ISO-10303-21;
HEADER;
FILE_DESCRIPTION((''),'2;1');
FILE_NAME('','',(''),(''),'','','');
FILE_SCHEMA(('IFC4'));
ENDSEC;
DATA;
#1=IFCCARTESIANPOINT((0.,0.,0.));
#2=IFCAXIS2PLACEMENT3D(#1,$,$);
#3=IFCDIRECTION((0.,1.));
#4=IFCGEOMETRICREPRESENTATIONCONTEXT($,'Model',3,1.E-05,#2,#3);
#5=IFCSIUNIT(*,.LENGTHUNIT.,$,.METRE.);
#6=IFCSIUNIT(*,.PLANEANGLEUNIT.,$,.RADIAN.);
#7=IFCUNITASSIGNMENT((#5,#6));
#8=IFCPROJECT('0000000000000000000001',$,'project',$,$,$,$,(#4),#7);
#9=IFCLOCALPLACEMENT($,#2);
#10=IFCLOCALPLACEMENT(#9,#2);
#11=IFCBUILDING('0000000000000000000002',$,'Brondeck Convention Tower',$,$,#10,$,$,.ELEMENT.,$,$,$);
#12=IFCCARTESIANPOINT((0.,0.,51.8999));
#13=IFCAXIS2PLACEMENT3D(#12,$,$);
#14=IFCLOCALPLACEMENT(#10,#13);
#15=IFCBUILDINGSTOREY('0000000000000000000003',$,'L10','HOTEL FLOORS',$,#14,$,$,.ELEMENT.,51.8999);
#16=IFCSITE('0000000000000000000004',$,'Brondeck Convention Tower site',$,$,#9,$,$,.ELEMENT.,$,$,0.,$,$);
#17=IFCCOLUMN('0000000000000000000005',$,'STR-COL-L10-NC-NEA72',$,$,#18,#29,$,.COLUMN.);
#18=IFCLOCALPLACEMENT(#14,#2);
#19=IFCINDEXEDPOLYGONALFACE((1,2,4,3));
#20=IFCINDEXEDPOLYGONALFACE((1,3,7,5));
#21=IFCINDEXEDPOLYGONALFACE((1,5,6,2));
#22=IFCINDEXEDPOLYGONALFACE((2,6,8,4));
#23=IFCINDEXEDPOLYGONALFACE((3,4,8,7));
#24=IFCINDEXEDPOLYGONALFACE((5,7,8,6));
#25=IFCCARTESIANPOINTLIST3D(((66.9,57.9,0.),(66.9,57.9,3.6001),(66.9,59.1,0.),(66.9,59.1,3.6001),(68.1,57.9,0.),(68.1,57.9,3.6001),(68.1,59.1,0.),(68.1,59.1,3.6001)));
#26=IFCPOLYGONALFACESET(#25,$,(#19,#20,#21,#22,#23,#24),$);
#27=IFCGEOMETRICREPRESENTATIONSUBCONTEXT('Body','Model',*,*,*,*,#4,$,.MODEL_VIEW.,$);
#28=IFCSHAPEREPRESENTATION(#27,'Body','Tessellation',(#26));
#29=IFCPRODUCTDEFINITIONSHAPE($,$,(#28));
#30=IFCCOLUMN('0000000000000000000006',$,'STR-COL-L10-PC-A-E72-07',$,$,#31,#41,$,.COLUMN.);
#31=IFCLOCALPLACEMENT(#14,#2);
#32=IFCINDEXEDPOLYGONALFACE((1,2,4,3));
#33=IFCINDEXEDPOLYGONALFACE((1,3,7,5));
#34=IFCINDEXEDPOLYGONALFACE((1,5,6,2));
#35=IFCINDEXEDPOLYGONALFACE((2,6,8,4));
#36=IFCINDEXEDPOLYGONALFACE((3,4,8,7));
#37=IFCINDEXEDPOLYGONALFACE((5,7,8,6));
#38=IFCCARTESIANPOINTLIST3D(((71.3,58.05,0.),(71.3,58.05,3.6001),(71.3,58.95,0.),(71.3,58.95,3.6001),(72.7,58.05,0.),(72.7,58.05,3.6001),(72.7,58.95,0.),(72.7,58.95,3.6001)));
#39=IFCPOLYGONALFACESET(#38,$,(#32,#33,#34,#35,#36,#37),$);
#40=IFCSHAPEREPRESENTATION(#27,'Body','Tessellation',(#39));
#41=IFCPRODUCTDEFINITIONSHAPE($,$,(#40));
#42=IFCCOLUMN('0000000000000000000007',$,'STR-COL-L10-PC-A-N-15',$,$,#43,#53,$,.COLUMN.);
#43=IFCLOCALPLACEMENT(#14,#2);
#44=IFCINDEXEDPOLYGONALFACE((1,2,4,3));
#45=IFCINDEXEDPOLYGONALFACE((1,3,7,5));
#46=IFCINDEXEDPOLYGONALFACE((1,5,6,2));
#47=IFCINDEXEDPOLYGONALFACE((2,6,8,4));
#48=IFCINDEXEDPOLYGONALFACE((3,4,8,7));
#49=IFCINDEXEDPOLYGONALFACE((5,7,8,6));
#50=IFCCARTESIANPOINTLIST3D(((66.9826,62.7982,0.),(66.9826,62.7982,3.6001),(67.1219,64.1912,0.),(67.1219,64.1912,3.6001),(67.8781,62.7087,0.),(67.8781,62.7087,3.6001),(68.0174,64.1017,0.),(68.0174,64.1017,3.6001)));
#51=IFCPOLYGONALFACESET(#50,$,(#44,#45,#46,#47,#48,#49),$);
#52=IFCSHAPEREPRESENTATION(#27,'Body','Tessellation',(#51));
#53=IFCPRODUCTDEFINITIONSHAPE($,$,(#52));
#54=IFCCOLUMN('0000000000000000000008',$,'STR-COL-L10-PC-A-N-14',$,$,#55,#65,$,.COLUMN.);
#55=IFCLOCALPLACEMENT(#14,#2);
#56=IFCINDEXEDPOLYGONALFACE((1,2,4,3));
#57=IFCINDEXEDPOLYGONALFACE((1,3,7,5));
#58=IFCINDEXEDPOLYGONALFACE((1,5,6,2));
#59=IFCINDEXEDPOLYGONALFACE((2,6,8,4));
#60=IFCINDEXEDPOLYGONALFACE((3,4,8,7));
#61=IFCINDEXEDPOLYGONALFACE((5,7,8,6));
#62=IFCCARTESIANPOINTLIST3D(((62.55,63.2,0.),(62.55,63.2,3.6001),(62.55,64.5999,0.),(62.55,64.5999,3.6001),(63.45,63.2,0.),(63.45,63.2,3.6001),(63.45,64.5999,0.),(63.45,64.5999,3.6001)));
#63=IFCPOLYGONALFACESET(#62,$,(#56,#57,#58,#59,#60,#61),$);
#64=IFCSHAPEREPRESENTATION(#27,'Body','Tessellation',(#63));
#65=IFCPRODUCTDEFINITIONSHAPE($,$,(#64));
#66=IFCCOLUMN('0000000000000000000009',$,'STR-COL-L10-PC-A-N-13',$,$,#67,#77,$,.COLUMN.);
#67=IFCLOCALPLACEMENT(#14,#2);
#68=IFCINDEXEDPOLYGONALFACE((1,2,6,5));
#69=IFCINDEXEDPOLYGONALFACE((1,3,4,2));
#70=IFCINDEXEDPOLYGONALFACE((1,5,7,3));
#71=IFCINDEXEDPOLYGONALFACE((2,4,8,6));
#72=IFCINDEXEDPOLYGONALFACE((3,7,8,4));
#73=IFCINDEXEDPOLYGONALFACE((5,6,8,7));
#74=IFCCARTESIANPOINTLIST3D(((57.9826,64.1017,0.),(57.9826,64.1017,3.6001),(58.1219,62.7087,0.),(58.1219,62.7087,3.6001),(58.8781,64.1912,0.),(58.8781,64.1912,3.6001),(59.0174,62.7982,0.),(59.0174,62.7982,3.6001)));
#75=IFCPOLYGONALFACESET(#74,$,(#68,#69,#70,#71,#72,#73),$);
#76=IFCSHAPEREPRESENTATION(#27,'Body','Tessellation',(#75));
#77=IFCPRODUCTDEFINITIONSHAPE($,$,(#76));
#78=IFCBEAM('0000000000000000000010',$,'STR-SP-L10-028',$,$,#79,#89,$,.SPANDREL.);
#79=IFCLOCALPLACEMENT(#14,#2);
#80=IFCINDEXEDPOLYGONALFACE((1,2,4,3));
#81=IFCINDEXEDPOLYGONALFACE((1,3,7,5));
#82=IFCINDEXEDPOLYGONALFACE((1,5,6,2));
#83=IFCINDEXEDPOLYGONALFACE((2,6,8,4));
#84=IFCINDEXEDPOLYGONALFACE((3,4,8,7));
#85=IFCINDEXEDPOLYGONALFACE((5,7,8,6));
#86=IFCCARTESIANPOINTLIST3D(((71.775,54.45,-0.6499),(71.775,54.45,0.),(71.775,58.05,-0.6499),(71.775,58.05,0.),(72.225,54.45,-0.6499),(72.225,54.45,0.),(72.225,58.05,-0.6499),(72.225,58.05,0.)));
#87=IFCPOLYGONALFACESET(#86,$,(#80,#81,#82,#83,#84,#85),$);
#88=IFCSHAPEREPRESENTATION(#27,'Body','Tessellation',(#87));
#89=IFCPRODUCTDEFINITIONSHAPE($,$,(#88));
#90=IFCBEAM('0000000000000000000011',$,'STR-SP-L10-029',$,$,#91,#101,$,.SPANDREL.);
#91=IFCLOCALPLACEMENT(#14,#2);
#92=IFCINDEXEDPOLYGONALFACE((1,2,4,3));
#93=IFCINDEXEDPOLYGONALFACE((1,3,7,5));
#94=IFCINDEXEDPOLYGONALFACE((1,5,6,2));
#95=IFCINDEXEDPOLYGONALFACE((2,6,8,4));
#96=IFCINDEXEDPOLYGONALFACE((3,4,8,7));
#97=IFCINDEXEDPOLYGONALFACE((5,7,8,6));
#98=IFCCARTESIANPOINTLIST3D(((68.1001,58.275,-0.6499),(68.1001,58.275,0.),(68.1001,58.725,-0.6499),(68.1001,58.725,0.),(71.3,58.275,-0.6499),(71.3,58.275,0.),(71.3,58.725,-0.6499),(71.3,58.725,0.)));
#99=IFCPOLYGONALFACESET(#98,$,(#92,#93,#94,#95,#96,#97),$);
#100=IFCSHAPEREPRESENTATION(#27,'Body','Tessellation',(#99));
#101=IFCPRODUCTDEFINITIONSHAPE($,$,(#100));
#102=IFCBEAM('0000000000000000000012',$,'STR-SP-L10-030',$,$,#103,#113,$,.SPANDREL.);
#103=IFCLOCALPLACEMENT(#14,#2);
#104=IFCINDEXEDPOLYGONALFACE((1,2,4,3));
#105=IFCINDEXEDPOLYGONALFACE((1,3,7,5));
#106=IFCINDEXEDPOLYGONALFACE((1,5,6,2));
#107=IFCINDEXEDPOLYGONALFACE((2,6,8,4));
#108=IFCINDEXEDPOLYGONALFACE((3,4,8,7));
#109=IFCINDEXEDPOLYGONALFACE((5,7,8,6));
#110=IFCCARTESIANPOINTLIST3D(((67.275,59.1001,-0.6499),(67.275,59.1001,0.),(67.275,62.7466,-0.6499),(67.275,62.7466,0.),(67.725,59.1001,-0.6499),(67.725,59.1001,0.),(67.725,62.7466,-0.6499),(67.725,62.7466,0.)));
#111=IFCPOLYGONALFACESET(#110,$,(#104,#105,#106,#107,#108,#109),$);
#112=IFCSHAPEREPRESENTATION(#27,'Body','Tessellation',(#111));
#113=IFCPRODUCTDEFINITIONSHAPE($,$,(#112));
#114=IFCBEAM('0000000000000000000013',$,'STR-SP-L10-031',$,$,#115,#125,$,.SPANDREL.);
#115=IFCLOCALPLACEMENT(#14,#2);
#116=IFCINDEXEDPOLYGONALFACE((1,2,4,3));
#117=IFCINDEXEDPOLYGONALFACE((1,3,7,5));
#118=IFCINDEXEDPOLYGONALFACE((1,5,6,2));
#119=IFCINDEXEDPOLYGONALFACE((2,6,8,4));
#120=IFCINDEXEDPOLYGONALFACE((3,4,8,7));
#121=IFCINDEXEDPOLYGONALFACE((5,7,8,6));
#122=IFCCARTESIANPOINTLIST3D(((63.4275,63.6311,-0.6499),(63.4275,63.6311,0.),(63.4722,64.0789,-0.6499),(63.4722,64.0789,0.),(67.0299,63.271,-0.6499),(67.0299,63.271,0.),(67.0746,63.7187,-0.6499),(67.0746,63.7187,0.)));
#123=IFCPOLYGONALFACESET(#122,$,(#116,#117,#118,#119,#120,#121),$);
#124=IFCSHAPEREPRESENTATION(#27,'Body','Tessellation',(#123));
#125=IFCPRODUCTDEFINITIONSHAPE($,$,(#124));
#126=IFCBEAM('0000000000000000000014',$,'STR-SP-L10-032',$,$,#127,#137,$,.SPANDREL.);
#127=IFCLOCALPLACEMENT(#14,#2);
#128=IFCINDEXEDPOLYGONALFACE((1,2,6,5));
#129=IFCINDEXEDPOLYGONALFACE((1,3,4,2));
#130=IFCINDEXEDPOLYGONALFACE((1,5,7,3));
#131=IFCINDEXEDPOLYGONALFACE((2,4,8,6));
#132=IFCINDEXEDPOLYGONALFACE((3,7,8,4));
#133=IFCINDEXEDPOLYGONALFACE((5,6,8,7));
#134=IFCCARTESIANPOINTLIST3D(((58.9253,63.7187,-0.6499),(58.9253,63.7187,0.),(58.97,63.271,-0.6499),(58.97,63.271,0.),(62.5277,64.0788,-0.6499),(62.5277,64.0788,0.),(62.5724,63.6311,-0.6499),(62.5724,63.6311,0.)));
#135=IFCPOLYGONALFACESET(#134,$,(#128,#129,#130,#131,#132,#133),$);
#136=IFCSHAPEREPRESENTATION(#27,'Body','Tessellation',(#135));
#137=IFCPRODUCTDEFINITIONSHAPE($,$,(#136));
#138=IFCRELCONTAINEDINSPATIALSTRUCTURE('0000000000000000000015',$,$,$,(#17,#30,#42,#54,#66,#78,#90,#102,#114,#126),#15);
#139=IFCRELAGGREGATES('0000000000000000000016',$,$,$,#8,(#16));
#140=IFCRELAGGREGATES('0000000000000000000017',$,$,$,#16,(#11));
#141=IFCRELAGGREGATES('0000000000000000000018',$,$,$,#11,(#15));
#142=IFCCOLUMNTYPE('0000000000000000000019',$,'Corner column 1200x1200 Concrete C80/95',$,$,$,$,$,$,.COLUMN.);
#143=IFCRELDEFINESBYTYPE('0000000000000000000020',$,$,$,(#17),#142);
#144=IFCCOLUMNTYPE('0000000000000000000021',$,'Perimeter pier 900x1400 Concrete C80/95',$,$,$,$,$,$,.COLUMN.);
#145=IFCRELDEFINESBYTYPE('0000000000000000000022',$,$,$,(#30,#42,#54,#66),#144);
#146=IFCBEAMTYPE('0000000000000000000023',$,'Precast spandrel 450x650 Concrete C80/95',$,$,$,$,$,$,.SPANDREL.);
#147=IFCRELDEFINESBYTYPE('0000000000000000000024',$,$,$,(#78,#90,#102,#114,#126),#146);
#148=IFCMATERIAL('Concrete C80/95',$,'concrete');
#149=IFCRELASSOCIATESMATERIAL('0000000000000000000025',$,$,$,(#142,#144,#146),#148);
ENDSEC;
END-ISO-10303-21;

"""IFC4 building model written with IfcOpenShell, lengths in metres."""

from ifc_helpers import new_model, si_unit, direction, frame, origin, origin_2d, place, context, subcontext, project, spatial, rectangle, extrude, material, material_profile, profile_set, type_object, element, save


model = new_model("IFC4")

# Units and contexts
model_context = context("Model", 3, precision=1e-05, world=origin(), true_north=direction((0.0, 1.0)))
body_context = subcontext(model_context, "Body", "Model", "MODEL_VIEW")
ifc_project = project(units=[si_unit("LENGTHUNIT", "METRE"), si_unit("PLANEANGLEUNIT", "RADIAN")], contexts=[model_context])

# Site, building, storey
site_placement = place(None, origin())
site = spatial("IfcSite", under=ifc_project, at=site_placement, Name="Brondeck Convention Tower site", CompositionType="ELEMENT", RefElevation=0.0)
building_placement = place(site_placement, origin())
building = spatial("IfcBuilding", under=site, at=building_placement, Name="Brondeck Convention Tower", CompositionType="ELEMENT")
storey_placement = place(building_placement, frame((0.0, 0.0, 51.8999)))
storey = spatial("IfcBuildingStorey", under=building, at=storey_placement, Name="L10", Description="HOTEL FLOORS", CompositionType="ELEMENT", Elevation=51.8999)

# Columns
ifc_material_1 = material(Name="Concrete C80/95", Category="concrete")
ifc_material_profile_1 = material_profile(ifc_material_1, rectangle(XDim=1.2, YDim=1.2, at=origin_2d()), Name="Corner column 1200x1200 Concrete C80/95")
ifc_profile_set_1 = profile_set([ifc_material_profile_1], Name="Concrete C80/95")
column_type_1 = type_object("IfcColumnType", Name="Corner column 1200x1200 Concrete C80/95", PredefinedType="COLUMN", material=ifc_profile_set_1)
column_placement = place(storey_placement, frame((67.5, 58.5, 0.0), z_axis=(0.0, 0.0, 1.0), x_axis=(1.0, 0.0, 0.0)))
element("IfcColumn", 1, at=column_placement, inside=storey, type_object=column_type_1, Name="STR-COL-L10-NC-NEA72", PredefinedType="COLUMN", context=body_context, shape_type="SweptSolid", body=[
    extrude(rectangle(XDim=1.2, YDim=1.2, at=origin_2d()), origin(), (0.0, 0.0, 1.0), 3.6001),
])
ifc_material_profile_2 = material_profile(ifc_material_1, rectangle(XDim=0.8999, YDim=1.3999, at=origin_2d()), Name="Perimeter pier 900x1400 Concrete C80/95")
ifc_profile_set_2 = profile_set([ifc_material_profile_2], Name="Concrete C80/95")
column_type_2 = type_object("IfcColumnType", Name="Perimeter pier 900x1400 Concrete C80/95", PredefinedType="COLUMN", material=ifc_profile_set_2)
for number, where, z_axis, x_axis, name in (
    (2, (72.0, 58.5, 0.0), (0.0, 0.0, 1.0), (0.0, 1.0, 0.0), "STR-COL-L10-PC-A-E72-07"),
    (3, (67.5, 63.45, 0.0), (0.0, 0.0, 1.0), (-0.995037, 0.099504, 0.0), "STR-COL-L10-PC-A-N-15"),
    (4, (63.0, 63.8999, 0.0), (0.0, 0.0, 1.0), (-1.0, 0.0, 0.0), "STR-COL-L10-PC-A-N-14"),
    (5, (58.5, 63.45, 0.0), (0.0, 0.0, 1.0), (-0.995037, -0.099504, 0.0), "STR-COL-L10-PC-A-N-13"),
):
    element("IfcColumn", number, at=place(storey_placement, frame(where, z_axis=z_axis, x_axis=x_axis)), inside=storey, type_object=column_type_2, Name=name, PredefinedType="COLUMN", context=body_context, shape_type="SweptSolid", body=[
        extrude(rectangle(XDim=0.8999, YDim=1.3999, at=origin_2d()), origin(), (0.0, 0.0, 1.0), 3.6001),
    ])

# Beams
ifc_material_profile_3 = material_profile(ifc_material_1, rectangle(XDim=0.45, YDim=0.6499, at=origin_2d()), Name="Precast spandrel 450x650 Concrete C80/95")
ifc_profile_set_3 = profile_set([ifc_material_profile_3], Name="Concrete C80/95")
beam_type = type_object("IfcBeamType", Name="Precast spandrel 450x650 Concrete C80/95", PredefinedType="SPANDREL", material=ifc_profile_set_3)
beam_1_placement = place(storey_placement, frame((72.0, 54.45, -0.325), z_axis=(0.0, 1.0, 0.0), x_axis=(-1.0, 0.0, 0.0)))
element("IfcBeam", 6, at=beam_1_placement, inside=storey, type_object=beam_type, Name="STR-SP-L10-028", PredefinedType="SPANDREL", context=body_context, shape_type="SweptSolid", body=[
    extrude(rectangle(XDim=0.45, YDim=0.6499, at=origin_2d()), origin(), (0.0, 0.0, 1.0), 3.6001),
])
beam_2_placement = place(storey_placement, frame((71.3, 58.5, -0.325), z_axis=(-1.0, 0.0, 0.0), x_axis=(0.0, -1.0, 0.0)))
element("IfcBeam", 7, at=beam_2_placement, inside=storey, type_object=beam_type, Name="STR-SP-L10-029", PredefinedType="SPANDREL", context=body_context, shape_type="SweptSolid", body=[
    extrude(rectangle(XDim=0.45, YDim=0.6499, at=origin_2d()), origin(), (0.0, 0.0, 1.0), 3.2),
])
beam_3_placement = place(storey_placement, frame((67.5, 59.1001, -0.325), z_axis=(0.0, 1.0, 0.0), x_axis=(-1.0, 0.0, 0.0)))
element("IfcBeam", 8, at=beam_3_placement, inside=storey, type_object=beam_type, Name="STR-SP-L10-030", PredefinedType="SPANDREL", context=body_context, shape_type="SweptSolid", body=[
    extrude(rectangle(XDim=0.45, YDim=0.6499, at=origin_2d()), origin(), (0.0, 0.0, 1.0), 3.6465),
])
for number, where, z_axis, x_axis, name in (
    (9, (67.0522, 63.4949, -0.325), (-0.995041, 0.09947, 0.0), (-0.09947, -0.995041, 0.0), "STR-SP-L10-031"),
    (10, (62.55, 63.855, -0.325), (-0.995041, -0.09947, 0.0), (0.09947, -0.995041, 0.0), "STR-SP-L10-032"),
):
    element("IfcBeam", number, at=place(storey_placement, frame(where, z_axis=z_axis, x_axis=x_axis)), inside=storey, type_object=beam_type, Name=name, PredefinedType="SPANDREL", context=body_context, shape_type="SweptSolid", body=[
        extrude(rectangle(XDim=0.45, YDim=0.6499, at=origin_2d()), origin(), (0.0, 0.0, 1.0), 3.6204),
    ])

save(model, "model.ifc")
